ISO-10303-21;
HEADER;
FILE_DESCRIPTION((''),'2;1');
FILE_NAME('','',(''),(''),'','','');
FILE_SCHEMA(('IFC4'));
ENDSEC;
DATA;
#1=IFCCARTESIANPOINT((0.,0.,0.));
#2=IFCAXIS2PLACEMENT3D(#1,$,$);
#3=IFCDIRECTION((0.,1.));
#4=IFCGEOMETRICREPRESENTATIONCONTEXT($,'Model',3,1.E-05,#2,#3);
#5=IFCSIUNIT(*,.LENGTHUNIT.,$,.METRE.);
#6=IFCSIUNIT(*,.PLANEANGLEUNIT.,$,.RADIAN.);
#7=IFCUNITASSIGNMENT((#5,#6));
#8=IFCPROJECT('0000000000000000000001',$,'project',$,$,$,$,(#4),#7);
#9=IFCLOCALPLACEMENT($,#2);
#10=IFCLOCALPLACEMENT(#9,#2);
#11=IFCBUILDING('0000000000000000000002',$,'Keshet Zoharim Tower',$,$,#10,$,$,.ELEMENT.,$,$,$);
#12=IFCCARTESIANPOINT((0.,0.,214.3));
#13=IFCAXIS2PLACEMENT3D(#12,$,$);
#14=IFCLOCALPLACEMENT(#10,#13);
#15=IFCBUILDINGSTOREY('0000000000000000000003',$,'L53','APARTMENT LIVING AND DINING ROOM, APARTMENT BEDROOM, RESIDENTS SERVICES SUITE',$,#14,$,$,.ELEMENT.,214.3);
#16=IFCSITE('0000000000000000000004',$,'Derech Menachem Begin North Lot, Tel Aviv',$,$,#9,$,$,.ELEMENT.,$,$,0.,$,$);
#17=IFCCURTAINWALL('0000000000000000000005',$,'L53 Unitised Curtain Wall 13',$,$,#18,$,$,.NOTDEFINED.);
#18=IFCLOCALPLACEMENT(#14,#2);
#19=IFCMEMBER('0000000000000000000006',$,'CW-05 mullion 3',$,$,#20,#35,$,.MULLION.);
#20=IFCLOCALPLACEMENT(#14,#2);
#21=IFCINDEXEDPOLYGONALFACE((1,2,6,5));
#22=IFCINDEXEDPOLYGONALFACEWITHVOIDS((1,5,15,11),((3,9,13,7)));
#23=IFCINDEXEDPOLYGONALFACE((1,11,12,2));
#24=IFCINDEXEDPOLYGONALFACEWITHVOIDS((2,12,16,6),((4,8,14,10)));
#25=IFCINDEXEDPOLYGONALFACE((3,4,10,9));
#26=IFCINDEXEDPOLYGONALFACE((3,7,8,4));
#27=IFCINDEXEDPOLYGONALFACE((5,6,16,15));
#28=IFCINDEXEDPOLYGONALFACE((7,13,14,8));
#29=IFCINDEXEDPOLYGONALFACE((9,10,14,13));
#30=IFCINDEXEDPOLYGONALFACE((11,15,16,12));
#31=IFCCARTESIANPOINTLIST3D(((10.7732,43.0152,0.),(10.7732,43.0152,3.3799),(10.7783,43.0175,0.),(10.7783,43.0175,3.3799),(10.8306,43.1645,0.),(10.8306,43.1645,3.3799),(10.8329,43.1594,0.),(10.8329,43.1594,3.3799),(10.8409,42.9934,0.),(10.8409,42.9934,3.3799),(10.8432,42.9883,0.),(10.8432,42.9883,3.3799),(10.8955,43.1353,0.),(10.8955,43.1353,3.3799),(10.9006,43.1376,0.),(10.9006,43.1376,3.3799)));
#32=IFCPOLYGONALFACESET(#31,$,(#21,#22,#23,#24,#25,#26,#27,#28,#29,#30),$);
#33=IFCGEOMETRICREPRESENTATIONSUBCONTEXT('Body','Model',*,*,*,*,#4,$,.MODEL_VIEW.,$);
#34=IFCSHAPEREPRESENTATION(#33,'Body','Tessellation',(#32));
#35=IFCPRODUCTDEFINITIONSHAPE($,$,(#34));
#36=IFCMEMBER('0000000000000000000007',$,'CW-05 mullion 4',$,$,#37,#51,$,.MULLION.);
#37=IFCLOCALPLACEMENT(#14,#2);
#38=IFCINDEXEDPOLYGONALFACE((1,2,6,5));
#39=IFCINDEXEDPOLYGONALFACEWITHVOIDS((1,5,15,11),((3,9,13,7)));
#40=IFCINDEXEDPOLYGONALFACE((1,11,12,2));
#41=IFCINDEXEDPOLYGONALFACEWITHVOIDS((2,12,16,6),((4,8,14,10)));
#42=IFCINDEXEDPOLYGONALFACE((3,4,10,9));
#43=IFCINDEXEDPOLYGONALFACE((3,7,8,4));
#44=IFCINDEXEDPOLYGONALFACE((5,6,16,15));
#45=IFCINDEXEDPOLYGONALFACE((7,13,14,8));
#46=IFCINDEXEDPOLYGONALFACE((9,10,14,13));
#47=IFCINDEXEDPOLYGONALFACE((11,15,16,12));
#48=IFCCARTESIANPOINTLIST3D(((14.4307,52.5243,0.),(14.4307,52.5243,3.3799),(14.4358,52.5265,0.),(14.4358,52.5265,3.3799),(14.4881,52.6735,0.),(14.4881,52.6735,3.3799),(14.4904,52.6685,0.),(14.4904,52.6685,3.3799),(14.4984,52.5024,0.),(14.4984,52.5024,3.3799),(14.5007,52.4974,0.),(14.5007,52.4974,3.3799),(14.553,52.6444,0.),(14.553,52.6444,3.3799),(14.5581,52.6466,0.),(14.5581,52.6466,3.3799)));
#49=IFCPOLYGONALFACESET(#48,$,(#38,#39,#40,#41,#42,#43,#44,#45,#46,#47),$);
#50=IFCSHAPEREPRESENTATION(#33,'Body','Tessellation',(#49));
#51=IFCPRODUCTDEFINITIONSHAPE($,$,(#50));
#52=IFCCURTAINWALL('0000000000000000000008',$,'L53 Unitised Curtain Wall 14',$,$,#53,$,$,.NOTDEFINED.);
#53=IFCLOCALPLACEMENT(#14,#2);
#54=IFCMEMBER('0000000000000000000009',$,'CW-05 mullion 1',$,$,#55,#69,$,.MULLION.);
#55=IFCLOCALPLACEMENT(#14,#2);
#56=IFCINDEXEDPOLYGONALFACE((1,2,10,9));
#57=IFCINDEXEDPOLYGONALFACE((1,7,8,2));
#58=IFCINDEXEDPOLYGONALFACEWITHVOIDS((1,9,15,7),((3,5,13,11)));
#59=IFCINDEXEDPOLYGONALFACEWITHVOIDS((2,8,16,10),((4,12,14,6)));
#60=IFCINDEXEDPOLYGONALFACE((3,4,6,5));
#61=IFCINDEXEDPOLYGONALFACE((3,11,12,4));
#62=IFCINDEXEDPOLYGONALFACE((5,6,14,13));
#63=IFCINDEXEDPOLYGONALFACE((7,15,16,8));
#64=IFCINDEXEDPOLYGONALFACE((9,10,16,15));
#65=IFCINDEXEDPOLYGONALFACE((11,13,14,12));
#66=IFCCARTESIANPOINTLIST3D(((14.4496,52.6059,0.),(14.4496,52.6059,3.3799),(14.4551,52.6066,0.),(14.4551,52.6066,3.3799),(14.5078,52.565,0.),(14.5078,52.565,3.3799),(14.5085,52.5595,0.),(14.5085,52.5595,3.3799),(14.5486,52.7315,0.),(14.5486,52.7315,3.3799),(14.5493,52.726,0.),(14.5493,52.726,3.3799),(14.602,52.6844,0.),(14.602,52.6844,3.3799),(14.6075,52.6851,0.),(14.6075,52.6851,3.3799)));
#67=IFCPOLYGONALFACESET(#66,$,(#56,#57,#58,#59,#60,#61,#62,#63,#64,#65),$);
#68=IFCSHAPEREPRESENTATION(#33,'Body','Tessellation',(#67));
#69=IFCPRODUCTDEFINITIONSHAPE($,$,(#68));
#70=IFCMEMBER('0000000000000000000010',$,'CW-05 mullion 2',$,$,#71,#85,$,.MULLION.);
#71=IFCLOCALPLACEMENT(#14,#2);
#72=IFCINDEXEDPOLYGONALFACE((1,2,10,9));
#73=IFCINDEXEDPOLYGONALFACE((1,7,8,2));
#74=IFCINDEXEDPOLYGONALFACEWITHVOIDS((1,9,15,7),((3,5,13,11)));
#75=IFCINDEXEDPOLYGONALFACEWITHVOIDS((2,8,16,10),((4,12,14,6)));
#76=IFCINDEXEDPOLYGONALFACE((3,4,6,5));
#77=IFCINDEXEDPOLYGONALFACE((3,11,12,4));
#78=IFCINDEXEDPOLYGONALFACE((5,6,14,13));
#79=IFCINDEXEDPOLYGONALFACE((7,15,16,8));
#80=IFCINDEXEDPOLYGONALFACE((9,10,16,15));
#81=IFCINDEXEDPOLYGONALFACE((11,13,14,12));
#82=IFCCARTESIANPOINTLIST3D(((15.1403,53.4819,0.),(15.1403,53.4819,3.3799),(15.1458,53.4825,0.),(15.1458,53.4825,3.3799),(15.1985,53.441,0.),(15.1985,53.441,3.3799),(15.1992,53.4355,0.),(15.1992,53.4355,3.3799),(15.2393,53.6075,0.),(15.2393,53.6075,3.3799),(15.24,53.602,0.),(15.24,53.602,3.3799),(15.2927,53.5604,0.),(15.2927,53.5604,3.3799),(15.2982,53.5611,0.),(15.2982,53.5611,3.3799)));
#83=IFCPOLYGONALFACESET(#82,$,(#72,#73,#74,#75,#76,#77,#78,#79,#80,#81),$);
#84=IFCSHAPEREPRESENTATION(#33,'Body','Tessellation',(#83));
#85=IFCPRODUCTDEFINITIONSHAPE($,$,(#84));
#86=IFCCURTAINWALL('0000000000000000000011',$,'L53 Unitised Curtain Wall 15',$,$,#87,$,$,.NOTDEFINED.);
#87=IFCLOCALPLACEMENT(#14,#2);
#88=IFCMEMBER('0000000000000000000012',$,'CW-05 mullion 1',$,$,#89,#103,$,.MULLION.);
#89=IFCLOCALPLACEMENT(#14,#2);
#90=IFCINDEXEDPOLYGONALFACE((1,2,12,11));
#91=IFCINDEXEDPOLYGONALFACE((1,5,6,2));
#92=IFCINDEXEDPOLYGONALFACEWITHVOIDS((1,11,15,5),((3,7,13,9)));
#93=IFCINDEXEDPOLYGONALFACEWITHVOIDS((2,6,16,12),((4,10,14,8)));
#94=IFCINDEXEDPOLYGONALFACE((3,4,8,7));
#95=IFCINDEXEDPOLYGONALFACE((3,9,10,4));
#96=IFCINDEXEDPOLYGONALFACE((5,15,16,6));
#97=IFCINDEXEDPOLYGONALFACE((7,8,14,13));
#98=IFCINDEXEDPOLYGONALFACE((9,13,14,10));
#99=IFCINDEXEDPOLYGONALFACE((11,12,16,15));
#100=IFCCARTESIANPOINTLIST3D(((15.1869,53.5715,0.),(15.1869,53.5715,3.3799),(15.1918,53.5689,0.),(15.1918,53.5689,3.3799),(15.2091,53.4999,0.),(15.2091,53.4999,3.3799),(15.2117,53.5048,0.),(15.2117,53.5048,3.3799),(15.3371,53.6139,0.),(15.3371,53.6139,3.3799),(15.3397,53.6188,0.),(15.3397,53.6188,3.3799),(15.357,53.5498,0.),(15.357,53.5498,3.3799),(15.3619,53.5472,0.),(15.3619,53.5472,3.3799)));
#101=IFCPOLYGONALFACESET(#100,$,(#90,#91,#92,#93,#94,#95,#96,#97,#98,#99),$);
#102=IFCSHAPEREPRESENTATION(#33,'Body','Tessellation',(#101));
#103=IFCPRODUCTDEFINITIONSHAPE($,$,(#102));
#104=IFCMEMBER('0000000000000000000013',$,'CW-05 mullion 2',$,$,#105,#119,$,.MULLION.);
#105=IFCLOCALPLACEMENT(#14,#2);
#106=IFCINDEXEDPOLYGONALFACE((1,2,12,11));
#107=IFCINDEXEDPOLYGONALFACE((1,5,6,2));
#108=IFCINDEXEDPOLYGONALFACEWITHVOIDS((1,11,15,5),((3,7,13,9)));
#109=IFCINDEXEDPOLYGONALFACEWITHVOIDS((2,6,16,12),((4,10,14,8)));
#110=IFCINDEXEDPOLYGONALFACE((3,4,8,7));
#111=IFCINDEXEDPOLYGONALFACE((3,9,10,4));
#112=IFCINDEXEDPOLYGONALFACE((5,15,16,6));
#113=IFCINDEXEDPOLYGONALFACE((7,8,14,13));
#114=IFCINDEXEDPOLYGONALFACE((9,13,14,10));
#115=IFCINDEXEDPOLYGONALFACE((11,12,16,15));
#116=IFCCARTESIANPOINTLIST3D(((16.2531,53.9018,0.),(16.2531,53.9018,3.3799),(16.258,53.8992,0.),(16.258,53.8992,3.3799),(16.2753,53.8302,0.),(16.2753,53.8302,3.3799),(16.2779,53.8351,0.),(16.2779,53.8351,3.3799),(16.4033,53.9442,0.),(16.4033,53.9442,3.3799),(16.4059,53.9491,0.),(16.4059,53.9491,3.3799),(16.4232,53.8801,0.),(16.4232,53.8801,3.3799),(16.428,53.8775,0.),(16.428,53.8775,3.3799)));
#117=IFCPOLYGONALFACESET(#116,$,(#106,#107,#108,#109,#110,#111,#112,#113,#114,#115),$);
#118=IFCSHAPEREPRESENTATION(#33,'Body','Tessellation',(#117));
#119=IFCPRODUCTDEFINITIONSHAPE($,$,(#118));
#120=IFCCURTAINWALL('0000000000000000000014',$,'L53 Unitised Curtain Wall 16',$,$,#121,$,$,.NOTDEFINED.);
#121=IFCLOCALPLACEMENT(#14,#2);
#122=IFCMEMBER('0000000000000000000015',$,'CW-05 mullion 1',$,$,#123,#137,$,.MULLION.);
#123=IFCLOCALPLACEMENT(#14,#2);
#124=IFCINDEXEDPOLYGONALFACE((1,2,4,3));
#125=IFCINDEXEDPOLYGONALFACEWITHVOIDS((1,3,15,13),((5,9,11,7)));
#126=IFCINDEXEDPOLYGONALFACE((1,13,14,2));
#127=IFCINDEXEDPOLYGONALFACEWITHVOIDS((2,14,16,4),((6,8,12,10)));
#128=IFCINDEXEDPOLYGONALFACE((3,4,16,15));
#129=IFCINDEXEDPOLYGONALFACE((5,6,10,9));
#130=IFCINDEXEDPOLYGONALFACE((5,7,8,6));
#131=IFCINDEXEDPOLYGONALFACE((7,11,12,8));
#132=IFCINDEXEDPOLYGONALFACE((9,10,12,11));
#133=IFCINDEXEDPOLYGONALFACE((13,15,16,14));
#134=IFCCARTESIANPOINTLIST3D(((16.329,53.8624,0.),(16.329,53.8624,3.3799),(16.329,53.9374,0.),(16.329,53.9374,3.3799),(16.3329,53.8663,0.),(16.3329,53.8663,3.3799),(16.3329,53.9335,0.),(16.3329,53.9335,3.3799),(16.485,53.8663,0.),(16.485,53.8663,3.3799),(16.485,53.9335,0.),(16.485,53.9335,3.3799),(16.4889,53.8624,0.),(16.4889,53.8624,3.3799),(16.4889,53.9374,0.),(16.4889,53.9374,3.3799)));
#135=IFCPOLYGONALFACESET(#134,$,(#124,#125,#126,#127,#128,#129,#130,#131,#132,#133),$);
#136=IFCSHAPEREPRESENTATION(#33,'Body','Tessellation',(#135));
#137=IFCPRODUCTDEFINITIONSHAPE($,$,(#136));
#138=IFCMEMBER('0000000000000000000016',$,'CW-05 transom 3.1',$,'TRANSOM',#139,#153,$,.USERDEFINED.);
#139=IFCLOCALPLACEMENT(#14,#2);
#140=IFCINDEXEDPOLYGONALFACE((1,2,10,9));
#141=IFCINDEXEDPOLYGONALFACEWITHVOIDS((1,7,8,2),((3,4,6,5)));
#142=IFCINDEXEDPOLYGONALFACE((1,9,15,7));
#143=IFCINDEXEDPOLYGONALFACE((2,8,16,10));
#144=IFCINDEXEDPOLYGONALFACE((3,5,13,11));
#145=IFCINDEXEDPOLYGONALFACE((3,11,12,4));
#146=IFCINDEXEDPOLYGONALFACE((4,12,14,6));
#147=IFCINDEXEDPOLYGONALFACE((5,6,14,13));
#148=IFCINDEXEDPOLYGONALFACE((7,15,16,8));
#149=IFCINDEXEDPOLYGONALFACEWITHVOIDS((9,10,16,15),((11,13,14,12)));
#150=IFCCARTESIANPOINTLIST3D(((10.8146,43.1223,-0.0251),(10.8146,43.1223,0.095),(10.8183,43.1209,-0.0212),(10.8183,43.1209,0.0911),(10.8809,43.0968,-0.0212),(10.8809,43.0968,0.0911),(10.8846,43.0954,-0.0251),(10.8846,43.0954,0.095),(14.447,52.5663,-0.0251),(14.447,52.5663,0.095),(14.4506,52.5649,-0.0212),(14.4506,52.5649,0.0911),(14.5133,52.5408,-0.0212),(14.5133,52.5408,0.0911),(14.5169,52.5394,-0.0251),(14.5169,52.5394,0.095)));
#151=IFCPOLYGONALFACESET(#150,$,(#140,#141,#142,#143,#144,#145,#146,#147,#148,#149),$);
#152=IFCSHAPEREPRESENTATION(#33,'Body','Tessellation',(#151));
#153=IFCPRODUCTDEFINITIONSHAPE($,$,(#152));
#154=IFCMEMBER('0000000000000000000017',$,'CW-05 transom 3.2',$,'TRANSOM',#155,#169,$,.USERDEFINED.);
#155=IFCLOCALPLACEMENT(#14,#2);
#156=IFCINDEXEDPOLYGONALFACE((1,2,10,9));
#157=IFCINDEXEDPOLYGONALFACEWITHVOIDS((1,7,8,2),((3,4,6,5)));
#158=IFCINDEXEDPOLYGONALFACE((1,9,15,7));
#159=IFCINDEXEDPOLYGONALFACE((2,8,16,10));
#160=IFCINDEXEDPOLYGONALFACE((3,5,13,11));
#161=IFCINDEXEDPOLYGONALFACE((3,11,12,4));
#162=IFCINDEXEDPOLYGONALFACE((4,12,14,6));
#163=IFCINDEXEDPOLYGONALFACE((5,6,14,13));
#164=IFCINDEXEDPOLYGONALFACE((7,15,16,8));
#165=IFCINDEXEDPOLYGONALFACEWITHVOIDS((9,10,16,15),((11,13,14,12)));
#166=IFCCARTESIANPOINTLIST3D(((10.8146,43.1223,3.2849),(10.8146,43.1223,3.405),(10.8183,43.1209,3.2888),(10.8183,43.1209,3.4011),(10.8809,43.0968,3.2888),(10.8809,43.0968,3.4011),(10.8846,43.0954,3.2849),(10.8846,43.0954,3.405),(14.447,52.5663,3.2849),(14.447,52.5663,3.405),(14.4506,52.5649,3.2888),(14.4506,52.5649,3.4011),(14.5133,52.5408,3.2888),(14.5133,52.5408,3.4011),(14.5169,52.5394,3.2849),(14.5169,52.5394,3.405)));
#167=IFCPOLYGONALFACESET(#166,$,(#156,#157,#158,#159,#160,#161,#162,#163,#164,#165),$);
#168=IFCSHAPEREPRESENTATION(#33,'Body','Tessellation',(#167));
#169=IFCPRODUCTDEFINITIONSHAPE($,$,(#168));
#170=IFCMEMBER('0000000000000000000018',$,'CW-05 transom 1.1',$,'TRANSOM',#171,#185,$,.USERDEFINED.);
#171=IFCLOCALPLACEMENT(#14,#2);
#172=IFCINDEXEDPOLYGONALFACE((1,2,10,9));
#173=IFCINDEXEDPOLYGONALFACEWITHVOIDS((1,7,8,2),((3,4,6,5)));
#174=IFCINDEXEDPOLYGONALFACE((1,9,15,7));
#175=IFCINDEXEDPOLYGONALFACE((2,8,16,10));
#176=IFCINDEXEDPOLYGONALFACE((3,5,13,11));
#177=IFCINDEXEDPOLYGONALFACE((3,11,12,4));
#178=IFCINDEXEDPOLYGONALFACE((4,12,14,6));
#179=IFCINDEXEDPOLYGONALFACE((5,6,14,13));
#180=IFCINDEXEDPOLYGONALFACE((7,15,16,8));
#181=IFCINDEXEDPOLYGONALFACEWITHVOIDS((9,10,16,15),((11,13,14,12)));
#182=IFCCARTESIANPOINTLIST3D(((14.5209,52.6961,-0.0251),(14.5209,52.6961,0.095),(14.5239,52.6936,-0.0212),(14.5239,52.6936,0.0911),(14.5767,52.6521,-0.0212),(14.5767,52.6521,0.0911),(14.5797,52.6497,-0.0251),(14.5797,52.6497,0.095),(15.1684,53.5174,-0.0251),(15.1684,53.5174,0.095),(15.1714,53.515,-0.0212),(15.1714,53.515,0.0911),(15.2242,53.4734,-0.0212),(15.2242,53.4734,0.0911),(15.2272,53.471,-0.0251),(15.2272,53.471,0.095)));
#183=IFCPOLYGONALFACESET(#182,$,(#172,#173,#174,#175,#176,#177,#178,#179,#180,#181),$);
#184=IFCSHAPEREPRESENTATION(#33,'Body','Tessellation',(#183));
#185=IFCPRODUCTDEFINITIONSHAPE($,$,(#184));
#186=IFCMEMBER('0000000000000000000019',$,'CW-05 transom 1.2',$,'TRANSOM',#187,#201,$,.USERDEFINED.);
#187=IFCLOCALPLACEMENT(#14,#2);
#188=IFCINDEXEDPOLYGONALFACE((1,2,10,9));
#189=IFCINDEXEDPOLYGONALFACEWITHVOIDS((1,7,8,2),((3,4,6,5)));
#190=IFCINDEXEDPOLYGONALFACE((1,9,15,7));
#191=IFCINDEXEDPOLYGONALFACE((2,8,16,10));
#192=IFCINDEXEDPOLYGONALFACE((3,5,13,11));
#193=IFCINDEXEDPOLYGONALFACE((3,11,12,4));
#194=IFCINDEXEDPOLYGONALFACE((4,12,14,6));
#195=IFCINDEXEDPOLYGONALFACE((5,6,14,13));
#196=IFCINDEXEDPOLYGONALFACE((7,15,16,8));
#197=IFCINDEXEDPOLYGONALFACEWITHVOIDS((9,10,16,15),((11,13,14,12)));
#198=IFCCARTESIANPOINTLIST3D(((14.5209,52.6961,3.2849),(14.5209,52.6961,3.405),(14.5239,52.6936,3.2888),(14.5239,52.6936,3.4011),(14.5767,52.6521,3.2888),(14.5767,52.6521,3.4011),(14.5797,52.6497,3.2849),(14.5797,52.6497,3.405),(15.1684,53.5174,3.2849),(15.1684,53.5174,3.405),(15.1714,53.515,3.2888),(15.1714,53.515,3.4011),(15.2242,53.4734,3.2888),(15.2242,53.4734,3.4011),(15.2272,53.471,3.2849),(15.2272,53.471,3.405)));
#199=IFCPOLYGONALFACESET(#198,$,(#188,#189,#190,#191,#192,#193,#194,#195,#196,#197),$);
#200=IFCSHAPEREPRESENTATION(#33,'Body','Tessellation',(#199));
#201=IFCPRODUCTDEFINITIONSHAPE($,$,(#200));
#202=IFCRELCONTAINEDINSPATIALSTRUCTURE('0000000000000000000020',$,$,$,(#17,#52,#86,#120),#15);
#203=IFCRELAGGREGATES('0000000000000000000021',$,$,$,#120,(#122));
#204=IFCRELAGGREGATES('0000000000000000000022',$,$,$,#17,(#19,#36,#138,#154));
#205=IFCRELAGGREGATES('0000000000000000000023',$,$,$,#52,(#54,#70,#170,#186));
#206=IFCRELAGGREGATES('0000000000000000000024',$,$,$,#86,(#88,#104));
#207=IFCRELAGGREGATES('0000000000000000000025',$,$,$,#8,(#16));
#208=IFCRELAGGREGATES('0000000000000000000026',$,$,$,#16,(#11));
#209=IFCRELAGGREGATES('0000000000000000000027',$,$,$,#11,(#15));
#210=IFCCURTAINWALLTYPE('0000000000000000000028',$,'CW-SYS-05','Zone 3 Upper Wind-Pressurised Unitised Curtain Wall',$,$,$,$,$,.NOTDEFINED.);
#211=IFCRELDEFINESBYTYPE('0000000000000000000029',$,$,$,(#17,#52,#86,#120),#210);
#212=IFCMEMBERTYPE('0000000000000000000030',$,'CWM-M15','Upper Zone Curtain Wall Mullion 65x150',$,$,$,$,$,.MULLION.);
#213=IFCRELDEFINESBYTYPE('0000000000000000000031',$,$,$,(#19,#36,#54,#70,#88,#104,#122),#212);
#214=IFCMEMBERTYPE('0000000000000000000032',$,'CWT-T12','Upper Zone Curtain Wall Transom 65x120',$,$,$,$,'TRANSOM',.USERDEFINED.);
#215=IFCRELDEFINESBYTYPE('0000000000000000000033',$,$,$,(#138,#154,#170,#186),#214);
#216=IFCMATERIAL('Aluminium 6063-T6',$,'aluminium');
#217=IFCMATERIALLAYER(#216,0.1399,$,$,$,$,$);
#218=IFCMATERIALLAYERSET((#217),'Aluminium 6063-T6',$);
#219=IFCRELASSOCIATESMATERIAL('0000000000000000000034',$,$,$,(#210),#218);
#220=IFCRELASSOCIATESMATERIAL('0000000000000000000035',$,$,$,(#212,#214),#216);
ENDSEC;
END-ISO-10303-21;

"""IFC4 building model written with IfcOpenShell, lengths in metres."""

from ifc_helpers import new_model, si_unit, direction, frame, origin, origin_2d, place, context, subcontext, project, spatial, hollow_rectangle, extrude, material, layer, layer_set, material_profile, profile_set, type_object, element, aggregate, save


model = new_model("IFC4")

# Units and contexts
model_context = context("Model", 3, precision=1e-05, world=origin(), true_north=direction((0.0, 1.0)))
body_context = subcontext(model_context, "Body", "Model", "MODEL_VIEW")
ifc_project = project(units=[si_unit("LENGTHUNIT", "METRE"), si_unit("PLANEANGLEUNIT", "RADIAN")], contexts=[model_context])

# Site, building, storey
site_placement = place(None, origin())
site = spatial("IfcSite", under=ifc_project, at=site_placement, Name="Derech Menachem Begin North Lot, Tel Aviv", CompositionType="ELEMENT", RefElevation=0.0)
building_placement = place(site_placement, origin())
building = spatial("IfcBuilding", under=site, at=building_placement, Name="Keshet Zoharim Tower", CompositionType="ELEMENT")
storey_placement = place(building_placement, frame((0.0, 0.0, 214.3)))
storey = spatial("IfcBuildingStorey", under=building, at=storey_placement, Name="L53", Description="APARTMENT LIVING AND DINING ROOM, APARTMENT BEDROOM, RESIDENTS SERVICES SUITE", CompositionType="ELEMENT", Elevation=214.3)

# Curtain walls, members
ifc_material_1 = material(Name="Aluminium 6063-T6", Category="aluminium")
ifc_layer_1 = layer(ifc_material_1, 0.1399)
ifc_layer_set_1 = layer_set([ifc_layer_1], Name="Aluminium 6063-T6")
curtain_wall_type = type_object("IfcCurtainWallType", Name="CW-SYS-05", Description="Zone 3 Upper Wind-Pressurised Unitised Curtain Wall", PredefinedType="NOTDEFINED", material=ifc_layer_set_1)
curtain_wall_1_placement = place(storey_placement, origin())
curtain_wall_1 = element("IfcCurtainWall", 1, at=curtain_wall_1_placement, inside=storey, type_object=curtain_wall_type, Name="L53 Unitised Curtain Wall 13", PredefinedType="NOTDEFINED")
ifc_material_profile_1 = material_profile(ifc_material_1, hollow_rectangle(XDim=0.075, YDim=0.1599, WallThickness=0.0039, at=origin_2d()), Name="MUL-75x160")
ifc_profile_set_1 = profile_set([ifc_material_profile_1], Name="Aluminium 6063-T6")
member_type_1 = type_object("IfcMemberType", Name="CWM-M15", Description="Upper Zone Curtain Wall Mullion 65x150", PredefinedType="MULLION", material=ifc_profile_set_1)
member_1_placement = place(storey_placement, frame((10.8369, 43.0764, 0.0), z_axis=(0.0, 0.0, 1.0), x_axis=(-0.933341, 0.35899, 0.0)))
member_1 = element("IfcMember", 2, at=member_1_placement, type_object=member_type_1, Name="CW-05 mullion 3", PredefinedType="MULLION", context=body_context, shape_type="SweptSolid", body=[
    extrude(hollow_rectangle(XDim=0.075, YDim=0.1599, WallThickness=0.0039, at=origin_2d()), origin(), (0.0, 0.0, 1.0), 3.3799),
])
member_2_placement = place(storey_placement, frame((14.4944, 52.5854, 0.0), z_axis=(0.0, 0.0, 1.0), x_axis=(-0.933341, 0.35899, 0.0)))
member_2 = element("IfcMember", 3, at=member_2_placement, type_object=member_type_1, Name="CW-05 mullion 4", PredefinedType="MULLION", context=body_context, shape_type="SweptSolid", body=[
    extrude(hollow_rectangle(XDim=0.075, YDim=0.1599, WallThickness=0.0039, at=origin_2d()), origin(), (0.0, 0.0, 1.0), 3.3799),
])
curtain_wall_2_placement = place(storey_placement, origin())
curtain_wall_2 = element("IfcCurtainWall", 4, at=curtain_wall_2_placement, inside=storey, type_object=curtain_wall_type, Name="L53 Unitised Curtain Wall 14", PredefinedType="NOTDEFINED")
member_3_placement = place(storey_placement, frame((14.5286, 52.6455, 0.0), z_axis=(0.0, 0.0, 1.0), x_axis=(-0.785293, 0.619125, 0.0)))
member_3 = element("IfcMember", 5, at=member_3_placement, type_object=member_type_1, Name="CW-05 mullion 1", PredefinedType="MULLION", context=body_context, shape_type="SweptSolid", body=[
    extrude(hollow_rectangle(XDim=0.075, YDim=0.1599, WallThickness=0.0039, at=origin_2d()), origin(), (0.0, 0.0, 1.0), 3.3799),
])
member_4_placement = place(storey_placement, frame((15.2192, 53.5215, 0.0), z_axis=(0.0, 0.0, 1.0), x_axis=(-0.785293, 0.619125, 0.0)))
member_4 = element("IfcMember", 6, at=member_4_placement, type_object=member_type_1, Name="CW-05 mullion 2", PredefinedType="MULLION", context=body_context, shape_type="SweptSolid", body=[
    extrude(hollow_rectangle(XDim=0.075, YDim=0.1599, WallThickness=0.0039, at=origin_2d()), origin(), (0.0, 0.0, 1.0), 3.3799),
])
curtain_wall_3_placement = place(storey_placement, origin())
curtain_wall_3 = element("IfcCurtainWall", 7, at=curtain_wall_3_placement, inside=storey, type_object=curtain_wall_type, Name="L53 Unitised Curtain Wall 15", PredefinedType="NOTDEFINED")
member_5_placement = place(storey_placement, frame((15.2744, 53.5593, 0.0), z_axis=(0.0, 0.0, 1.0), x_axis=(-0.295922, 0.955212, 0.0)))
member_5 = element("IfcMember", 8, at=member_5_placement, type_object=member_type_1, Name="CW-05 mullion 1", PredefinedType="MULLION", context=body_context, shape_type="SweptSolid", body=[
    extrude(hollow_rectangle(XDim=0.075, YDim=0.1599, WallThickness=0.0039, at=origin_2d()), origin(), (0.0, 0.0, 1.0), 3.3799),
])
member_6_placement = place(storey_placement, frame((16.3406, 53.8896, 0.0), z_axis=(0.0, 0.0, 1.0), x_axis=(-0.295922, 0.955212, 0.0)))
member_6 = element("IfcMember", 9, at=member_6_placement, type_object=member_type_1, Name="CW-05 mullion 2", PredefinedType="MULLION", context=body_context, shape_type="SweptSolid", body=[
    extrude(hollow_rectangle(XDim=0.075, YDim=0.1599, WallThickness=0.0039, at=origin_2d()), origin(), (0.0, 0.0, 1.0), 3.3799),
])

# Curtain wall, member
curtain_wall_4_placement = place(storey_placement, origin())
curtain_wall_4 = element("IfcCurtainWall", 10, at=curtain_wall_4_placement, inside=storey, type_object=curtain_wall_type, Name="L53 Unitised Curtain Wall 16", PredefinedType="NOTDEFINED")
member_7_placement = place(storey_placement, frame((16.4089, 53.8999, 0.0), z_axis=(0.0, 0.0, 1.0), x_axis=(0.0, 1.0, 0.0)))
member_7 = element("IfcMember", 11, at=member_7_placement, type_object=member_type_1, Name="CW-05 mullion 1", PredefinedType="MULLION", context=body_context, shape_type="SweptSolid", body=[
    extrude(hollow_rectangle(XDim=0.075, YDim=0.1599, WallThickness=0.0039, at=origin_2d()), origin(), (0.0, 0.0, 1.0), 3.3799),
])

# Members
ifc_material_profile_2 = material_profile(ifc_material_1, hollow_rectangle(XDim=0.075, YDim=0.1201, WallThickness=0.0039, at=origin_2d()), Name="TRN-75x120")
ifc_profile_set_2 = profile_set([ifc_material_profile_2], Name="Aluminium 6063-T6")
member_type_2 = type_object("IfcMemberType", Name="CWT-T12", Description="Upper Zone Curtain Wall Transom 65x120", ElementType="TRANSOM", PredefinedType="USERDEFINED", material=ifc_profile_set_2)
member_8_placement = place(storey_placement, frame((10.8496, 43.1089, 0.0349), z_axis=(0.358986, 0.933343, 0.0), x_axis=(-0.933343, 0.358986, 0.0)))
member_8 = element("IfcMember", 12, at=member_8_placement, type_object=member_type_2, Name="CW-05 transom 3.1", ObjectType="TRANSOM", PredefinedType="USERDEFINED", context=body_context, shape_type="SweptSolid", body=[
    extrude(hollow_rectangle(XDim=0.075, YDim=0.1201, WallThickness=0.0039, at=origin_2d()), origin(), (0.0, 0.0, 1.0), 10.1184),
])
member_9_placement = place(storey_placement, frame((10.8496, 43.1089, 3.345), z_axis=(0.358986, 0.933343, 0.0), x_axis=(-0.933343, 0.358986, 0.0)))
member_9 = element("IfcMember", 13, at=member_9_placement, type_object=member_type_2, Name="CW-05 transom 3.2", ObjectType="TRANSOM", PredefinedType="USERDEFINED", context=body_context, shape_type="SweptSolid", body=[
    extrude(hollow_rectangle(XDim=0.075, YDim=0.1201, WallThickness=0.0039, at=origin_2d()), origin(), (0.0, 0.0, 1.0), 10.1184),
])
member_10_placement = place(storey_placement, frame((14.5503, 52.6729, 0.0349), z_axis=(0.619099, 0.785313, 0.0), x_axis=(-0.785313, 0.619099, 0.0)))
member_10 = element("IfcMember", 14, at=member_10_placement, type_object=member_type_2, Name="CW-05 transom 1.1", ObjectType="TRANSOM", PredefinedType="USERDEFINED", context=body_context, shape_type="SweptSolid", body=[
    extrude(hollow_rectangle(XDim=0.075, YDim=0.1201, WallThickness=0.0039, at=origin_2d()), origin(), (0.0, 0.0, 1.0), 1.0459),
])
member_11_placement = place(storey_placement, frame((14.5503, 52.6729, 3.345), z_axis=(0.619099, 0.785313, 0.0), x_axis=(-0.785313, 0.619099, 0.0)))
member_11 = element("IfcMember", 15, at=member_11_placement, type_object=member_type_2, Name="CW-05 transom 1.2", ObjectType="TRANSOM", PredefinedType="USERDEFINED", context=body_context, shape_type="SweptSolid", body=[
    extrude(hollow_rectangle(XDim=0.075, YDim=0.1201, WallThickness=0.0039, at=origin_2d()), origin(), (0.0, 0.0, 1.0), 1.0459),
])
aggregate(curtain_wall_4, [member_7])

aggregate(curtain_wall_1, [member_1, member_2, member_8, member_9])
aggregate(curtain_wall_2, [member_3, member_4, member_10, member_11])
aggregate(curtain_wall_3, [member_5, member_6])

save(model, "model.ifc")
